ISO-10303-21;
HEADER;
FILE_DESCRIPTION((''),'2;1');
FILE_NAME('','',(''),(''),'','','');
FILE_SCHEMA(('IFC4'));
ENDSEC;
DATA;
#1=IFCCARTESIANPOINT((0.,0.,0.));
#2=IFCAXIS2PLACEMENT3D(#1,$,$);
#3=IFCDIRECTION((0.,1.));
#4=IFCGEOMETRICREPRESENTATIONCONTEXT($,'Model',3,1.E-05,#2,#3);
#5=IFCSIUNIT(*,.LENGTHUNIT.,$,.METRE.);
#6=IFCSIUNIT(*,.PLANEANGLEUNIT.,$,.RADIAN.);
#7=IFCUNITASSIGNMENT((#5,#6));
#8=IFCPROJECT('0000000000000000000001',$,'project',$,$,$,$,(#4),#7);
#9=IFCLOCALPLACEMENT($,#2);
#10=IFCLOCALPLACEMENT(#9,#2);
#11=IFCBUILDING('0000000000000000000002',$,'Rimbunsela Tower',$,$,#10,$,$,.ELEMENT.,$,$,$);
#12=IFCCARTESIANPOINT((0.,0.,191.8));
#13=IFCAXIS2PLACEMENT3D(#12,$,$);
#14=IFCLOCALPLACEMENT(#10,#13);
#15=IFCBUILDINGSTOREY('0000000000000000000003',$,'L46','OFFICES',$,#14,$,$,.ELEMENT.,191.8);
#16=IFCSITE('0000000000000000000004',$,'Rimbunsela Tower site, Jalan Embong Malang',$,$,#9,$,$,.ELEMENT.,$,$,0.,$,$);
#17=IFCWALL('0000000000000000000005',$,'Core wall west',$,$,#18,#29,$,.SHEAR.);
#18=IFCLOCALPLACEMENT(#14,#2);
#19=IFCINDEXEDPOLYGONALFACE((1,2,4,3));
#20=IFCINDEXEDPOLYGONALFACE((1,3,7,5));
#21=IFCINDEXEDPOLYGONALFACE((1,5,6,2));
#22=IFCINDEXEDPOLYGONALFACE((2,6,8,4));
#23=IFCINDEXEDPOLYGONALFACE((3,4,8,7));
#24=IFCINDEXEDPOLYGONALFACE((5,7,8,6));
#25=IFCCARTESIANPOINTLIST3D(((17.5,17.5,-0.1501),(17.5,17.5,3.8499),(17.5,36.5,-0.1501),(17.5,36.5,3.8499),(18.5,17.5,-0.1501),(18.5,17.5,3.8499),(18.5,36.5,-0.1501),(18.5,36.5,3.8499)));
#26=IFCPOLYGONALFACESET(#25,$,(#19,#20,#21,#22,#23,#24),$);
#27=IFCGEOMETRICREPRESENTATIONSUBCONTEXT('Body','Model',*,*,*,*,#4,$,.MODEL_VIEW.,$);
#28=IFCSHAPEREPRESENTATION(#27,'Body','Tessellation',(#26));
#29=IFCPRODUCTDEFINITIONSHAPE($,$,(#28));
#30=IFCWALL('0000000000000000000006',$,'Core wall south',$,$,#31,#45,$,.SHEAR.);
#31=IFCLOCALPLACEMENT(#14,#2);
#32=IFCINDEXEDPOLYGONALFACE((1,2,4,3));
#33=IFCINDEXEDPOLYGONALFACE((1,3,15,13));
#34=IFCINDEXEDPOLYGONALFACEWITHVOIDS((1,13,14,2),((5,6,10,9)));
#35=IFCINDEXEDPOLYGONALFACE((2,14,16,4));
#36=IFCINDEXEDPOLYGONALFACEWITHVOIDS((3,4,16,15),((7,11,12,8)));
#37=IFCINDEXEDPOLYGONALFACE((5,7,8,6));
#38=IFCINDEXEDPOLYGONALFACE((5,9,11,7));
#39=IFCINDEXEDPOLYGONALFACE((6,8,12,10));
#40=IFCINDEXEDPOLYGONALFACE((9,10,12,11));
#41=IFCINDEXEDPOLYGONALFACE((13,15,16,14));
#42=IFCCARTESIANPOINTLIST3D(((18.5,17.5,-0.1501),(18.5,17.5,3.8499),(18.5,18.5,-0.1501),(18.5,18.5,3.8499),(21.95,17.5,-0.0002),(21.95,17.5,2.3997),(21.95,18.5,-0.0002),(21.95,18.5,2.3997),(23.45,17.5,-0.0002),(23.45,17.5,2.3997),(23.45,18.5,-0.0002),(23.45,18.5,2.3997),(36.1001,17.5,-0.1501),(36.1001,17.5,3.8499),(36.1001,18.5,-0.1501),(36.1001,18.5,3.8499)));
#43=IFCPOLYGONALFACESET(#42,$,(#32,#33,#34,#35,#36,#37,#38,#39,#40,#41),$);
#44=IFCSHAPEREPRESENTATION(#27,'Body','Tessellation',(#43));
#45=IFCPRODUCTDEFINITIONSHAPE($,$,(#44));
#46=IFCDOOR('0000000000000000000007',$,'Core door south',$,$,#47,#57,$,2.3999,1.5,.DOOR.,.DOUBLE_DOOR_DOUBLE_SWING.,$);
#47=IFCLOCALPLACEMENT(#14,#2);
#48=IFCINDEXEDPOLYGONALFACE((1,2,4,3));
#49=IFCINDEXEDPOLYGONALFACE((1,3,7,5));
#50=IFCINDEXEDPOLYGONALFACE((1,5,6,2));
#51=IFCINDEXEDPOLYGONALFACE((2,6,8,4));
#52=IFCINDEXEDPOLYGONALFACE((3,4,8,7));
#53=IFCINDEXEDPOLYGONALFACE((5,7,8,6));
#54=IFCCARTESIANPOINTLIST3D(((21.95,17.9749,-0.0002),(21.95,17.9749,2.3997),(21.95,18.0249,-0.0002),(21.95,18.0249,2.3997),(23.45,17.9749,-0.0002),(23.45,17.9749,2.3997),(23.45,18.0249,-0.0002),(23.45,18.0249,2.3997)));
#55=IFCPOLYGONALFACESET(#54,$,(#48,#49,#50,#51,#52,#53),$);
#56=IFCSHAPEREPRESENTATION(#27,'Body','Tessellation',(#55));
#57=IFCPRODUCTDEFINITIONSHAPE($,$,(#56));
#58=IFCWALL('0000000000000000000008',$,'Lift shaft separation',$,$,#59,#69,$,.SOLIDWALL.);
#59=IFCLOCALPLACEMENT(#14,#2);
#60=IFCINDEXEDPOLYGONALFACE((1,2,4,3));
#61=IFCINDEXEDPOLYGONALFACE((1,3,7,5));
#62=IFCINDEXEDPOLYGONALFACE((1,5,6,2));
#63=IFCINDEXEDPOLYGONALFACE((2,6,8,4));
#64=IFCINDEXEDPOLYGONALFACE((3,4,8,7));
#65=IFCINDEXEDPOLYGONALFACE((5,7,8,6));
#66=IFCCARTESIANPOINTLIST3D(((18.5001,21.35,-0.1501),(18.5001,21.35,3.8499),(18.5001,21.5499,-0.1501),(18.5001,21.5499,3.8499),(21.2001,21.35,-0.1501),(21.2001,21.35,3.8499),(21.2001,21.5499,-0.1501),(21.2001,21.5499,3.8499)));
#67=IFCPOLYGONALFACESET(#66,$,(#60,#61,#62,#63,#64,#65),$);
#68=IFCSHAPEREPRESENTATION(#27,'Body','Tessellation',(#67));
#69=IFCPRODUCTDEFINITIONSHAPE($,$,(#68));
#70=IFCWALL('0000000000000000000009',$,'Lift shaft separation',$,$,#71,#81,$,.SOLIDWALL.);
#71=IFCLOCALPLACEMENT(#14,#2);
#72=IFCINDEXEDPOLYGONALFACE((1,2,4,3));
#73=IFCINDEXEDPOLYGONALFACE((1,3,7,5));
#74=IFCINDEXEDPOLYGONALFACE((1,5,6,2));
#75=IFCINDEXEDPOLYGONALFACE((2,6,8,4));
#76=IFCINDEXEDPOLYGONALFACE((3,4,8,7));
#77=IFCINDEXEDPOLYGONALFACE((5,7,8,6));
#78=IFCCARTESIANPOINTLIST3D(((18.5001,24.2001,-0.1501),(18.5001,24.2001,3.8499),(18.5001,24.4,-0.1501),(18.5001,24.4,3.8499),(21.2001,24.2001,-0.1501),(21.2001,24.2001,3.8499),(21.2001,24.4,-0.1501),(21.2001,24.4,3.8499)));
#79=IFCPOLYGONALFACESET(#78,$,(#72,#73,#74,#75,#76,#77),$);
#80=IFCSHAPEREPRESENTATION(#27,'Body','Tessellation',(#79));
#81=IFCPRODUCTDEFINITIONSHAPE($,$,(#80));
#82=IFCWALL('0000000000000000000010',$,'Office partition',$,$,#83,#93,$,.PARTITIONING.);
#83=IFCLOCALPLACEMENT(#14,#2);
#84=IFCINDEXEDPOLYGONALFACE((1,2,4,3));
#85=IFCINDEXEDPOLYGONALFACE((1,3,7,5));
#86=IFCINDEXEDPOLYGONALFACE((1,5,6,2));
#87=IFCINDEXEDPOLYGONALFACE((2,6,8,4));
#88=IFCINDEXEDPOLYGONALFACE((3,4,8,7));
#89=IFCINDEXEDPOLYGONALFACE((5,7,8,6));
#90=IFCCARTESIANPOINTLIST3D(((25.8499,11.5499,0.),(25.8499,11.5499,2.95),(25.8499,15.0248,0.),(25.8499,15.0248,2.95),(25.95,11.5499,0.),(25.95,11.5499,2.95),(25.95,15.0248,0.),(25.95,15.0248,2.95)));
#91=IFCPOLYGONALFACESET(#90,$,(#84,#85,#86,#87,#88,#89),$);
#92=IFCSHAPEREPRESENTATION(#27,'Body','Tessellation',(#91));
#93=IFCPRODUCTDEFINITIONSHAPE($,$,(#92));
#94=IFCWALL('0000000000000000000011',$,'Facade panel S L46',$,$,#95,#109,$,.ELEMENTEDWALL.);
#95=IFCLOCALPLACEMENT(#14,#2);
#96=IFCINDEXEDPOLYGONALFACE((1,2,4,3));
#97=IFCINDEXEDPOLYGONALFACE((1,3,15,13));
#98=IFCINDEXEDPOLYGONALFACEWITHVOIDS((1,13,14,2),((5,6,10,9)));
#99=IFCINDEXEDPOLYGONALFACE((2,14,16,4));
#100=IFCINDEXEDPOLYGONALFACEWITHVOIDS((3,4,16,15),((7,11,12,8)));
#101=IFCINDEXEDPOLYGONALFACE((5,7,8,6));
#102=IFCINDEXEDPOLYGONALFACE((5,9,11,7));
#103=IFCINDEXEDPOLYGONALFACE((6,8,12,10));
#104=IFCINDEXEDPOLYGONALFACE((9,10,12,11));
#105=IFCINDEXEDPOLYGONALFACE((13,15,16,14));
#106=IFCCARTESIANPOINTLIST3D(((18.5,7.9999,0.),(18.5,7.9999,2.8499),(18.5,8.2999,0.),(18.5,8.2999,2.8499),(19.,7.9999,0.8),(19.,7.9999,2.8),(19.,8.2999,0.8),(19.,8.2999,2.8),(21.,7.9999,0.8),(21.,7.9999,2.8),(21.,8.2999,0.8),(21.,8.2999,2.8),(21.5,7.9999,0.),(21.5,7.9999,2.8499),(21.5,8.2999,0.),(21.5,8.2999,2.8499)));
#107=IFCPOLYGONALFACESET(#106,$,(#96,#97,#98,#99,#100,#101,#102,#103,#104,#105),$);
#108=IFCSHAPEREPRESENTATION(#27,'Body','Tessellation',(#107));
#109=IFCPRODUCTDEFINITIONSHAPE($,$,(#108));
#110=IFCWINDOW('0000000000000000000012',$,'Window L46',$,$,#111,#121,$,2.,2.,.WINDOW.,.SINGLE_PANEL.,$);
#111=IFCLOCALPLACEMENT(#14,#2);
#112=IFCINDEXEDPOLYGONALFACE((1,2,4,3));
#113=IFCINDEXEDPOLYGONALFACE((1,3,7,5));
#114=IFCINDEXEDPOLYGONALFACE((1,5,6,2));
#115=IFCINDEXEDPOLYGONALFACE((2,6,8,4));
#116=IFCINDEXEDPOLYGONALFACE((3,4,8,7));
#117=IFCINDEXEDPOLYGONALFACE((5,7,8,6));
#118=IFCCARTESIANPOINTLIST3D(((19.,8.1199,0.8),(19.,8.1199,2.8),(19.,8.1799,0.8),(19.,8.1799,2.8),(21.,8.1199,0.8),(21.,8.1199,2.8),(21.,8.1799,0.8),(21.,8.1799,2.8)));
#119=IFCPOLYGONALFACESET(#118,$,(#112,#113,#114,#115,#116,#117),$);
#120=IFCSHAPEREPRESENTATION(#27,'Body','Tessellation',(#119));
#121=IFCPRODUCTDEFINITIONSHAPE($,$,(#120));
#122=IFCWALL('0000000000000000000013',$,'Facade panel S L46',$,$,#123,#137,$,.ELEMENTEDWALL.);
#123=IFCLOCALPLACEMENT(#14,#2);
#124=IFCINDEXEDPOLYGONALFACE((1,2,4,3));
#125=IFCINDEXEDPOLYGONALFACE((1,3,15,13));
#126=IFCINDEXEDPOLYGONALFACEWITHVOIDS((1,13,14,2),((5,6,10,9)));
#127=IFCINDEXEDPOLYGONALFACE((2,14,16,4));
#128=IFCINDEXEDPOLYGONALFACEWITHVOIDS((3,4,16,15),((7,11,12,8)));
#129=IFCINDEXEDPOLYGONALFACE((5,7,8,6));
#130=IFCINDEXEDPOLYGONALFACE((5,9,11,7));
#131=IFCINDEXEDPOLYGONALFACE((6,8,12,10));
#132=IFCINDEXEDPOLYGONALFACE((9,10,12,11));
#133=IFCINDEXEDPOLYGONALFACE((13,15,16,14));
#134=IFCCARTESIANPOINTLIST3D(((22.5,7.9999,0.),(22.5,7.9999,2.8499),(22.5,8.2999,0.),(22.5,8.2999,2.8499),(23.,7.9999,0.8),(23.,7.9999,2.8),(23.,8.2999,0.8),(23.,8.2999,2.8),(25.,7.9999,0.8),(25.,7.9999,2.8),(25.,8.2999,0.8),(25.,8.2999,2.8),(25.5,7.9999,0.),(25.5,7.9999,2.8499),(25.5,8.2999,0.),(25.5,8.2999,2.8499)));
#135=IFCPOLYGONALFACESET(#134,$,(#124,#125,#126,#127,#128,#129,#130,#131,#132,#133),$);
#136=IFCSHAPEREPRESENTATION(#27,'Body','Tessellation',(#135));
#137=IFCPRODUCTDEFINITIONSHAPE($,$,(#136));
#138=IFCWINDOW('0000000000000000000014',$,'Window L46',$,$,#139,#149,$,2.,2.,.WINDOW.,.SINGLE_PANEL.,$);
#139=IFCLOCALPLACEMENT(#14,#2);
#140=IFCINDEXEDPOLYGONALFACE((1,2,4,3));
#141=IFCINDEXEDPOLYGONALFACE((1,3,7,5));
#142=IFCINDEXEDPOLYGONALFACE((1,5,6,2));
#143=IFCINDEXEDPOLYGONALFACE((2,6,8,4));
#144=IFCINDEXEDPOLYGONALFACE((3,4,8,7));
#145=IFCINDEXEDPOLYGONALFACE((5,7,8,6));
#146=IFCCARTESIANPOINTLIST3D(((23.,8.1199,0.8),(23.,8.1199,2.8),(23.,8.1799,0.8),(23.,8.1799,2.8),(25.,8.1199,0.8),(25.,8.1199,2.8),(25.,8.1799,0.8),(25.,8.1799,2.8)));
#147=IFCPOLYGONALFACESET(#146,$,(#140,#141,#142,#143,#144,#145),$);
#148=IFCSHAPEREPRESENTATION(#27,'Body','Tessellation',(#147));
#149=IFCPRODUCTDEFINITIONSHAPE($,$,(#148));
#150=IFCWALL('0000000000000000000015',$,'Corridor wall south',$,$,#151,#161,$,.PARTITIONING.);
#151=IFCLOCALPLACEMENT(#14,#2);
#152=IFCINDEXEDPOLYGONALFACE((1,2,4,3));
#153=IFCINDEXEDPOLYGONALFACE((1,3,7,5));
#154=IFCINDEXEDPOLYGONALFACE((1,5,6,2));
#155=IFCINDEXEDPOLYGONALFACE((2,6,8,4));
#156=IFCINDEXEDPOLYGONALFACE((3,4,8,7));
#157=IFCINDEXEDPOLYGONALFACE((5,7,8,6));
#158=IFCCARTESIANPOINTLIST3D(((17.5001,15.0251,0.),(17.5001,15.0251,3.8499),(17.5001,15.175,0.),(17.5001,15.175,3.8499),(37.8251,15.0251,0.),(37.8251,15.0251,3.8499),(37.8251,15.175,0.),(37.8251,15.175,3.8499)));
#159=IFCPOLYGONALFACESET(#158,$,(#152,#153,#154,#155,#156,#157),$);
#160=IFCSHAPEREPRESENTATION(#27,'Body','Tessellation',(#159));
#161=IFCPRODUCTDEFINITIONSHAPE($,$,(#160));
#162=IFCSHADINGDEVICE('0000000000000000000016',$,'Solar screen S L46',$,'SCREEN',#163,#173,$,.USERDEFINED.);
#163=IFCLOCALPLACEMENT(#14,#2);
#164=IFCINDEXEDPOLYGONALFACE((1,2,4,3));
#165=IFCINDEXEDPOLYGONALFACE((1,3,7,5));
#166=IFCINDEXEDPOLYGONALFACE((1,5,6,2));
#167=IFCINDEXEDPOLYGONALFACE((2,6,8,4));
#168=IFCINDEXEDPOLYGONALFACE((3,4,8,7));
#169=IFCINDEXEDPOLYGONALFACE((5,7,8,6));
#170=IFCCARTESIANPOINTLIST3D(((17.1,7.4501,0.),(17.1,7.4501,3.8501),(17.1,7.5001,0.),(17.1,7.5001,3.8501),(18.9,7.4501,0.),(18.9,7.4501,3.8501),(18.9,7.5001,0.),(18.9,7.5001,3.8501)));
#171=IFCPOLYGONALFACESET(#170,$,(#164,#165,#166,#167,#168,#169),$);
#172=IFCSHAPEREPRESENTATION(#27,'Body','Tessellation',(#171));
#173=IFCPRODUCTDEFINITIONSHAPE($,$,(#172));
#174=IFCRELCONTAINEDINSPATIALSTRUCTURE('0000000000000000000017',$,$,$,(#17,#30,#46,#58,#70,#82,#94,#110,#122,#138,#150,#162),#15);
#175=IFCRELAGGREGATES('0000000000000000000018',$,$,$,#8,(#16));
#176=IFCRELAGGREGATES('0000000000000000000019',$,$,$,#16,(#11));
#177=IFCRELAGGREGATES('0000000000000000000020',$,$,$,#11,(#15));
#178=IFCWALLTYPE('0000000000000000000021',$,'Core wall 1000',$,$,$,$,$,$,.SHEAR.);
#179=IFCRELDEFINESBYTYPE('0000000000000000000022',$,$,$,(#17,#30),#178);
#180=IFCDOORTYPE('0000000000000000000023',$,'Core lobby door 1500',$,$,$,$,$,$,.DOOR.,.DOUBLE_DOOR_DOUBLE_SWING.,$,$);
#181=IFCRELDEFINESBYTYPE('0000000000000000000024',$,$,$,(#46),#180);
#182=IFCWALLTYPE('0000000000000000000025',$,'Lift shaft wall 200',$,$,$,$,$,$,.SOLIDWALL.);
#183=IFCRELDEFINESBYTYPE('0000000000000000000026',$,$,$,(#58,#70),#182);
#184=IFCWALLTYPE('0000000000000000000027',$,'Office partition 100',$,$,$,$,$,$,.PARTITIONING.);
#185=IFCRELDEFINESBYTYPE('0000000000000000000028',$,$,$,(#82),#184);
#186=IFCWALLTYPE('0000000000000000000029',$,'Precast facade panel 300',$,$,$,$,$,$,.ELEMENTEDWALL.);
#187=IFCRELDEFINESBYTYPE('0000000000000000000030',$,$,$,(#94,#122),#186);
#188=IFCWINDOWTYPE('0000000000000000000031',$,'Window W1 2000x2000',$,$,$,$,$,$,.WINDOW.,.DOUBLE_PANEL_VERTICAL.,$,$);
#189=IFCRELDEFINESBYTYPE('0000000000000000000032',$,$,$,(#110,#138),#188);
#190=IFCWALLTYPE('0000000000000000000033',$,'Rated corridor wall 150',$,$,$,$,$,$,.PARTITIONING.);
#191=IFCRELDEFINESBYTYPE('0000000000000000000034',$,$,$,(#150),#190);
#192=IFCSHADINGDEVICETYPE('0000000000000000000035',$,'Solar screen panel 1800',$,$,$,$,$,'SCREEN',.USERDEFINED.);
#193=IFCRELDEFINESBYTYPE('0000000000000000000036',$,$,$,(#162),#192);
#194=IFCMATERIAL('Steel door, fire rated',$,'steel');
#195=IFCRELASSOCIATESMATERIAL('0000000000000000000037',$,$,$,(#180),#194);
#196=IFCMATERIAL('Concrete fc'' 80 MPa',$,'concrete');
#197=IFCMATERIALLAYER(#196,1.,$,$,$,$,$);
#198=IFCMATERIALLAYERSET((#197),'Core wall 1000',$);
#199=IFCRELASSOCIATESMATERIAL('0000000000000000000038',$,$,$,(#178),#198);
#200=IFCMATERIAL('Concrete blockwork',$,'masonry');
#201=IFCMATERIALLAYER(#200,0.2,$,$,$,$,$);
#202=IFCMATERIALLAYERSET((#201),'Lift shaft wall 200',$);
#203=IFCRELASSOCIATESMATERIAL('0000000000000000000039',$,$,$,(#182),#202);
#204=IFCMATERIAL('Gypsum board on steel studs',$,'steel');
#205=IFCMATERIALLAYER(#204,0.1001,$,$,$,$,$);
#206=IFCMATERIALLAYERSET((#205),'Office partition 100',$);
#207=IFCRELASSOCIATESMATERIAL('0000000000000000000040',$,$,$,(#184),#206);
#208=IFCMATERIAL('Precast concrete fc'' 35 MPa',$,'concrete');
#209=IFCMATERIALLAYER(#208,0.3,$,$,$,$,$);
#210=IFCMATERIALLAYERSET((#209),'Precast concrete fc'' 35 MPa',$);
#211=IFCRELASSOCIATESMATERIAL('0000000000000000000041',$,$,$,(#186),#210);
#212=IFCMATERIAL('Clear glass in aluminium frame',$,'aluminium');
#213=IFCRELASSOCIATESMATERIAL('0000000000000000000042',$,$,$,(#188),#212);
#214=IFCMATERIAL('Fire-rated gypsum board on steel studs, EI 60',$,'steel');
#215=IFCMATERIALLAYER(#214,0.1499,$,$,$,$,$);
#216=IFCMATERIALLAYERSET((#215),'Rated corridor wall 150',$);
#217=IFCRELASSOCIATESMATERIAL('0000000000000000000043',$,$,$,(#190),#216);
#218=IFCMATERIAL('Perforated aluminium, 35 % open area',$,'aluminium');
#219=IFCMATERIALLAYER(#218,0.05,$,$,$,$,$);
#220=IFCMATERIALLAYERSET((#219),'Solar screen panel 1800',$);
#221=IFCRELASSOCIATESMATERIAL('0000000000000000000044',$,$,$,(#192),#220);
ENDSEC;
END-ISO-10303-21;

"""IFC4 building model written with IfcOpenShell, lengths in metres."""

from ifc_helpers import new_model, si_unit, direction, frame, frame_2d, origin, origin_2d, place, context, subcontext, project, spatial, rectangle, extrude, material, layer, layer_set, type_object, element, fill, save


model = new_model("IFC4")

# Units and contexts
model_context = context("Model", 3, precision=1e-05, world=origin(), true_north=direction((0.0, 1.0)))
body_context = subcontext(model_context, "Body", "Model", "MODEL_VIEW")
ifc_project = project(units=[si_unit("LENGTHUNIT", "METRE"), si_unit("PLANEANGLEUNIT", "RADIAN")], contexts=[model_context])

# Site, building, storey
site_placement = place(None, origin())
site = spatial("IfcSite", under=ifc_project, at=site_placement, Name="Rimbunsela Tower site, Jalan Embong Malang", CompositionType="ELEMENT", RefElevation=0.0)
building_placement = place(site_placement, origin())
building = spatial("IfcBuilding", under=site, at=building_placement, Name="Rimbunsela Tower", CompositionType="ELEMENT")
storey_placement = place(building_placement, frame((0.0, 0.0, 191.8)))
storey = spatial("IfcBuildingStorey", under=building, at=storey_placement, Name="L46", Description="OFFICES", CompositionType="ELEMENT", Elevation=191.8)

# Shared definitions
ifc_material_1 = material(Name="Steel door, fire rated", Category="steel")
door_type_1 = type_object("IfcDoorType", Name="Core lobby door 1500", OperationType="DOUBLE_DOOR_DOUBLE_SWING", PredefinedType="DOOR", material=ifc_material_1)

# Wall
ifc_material_2 = material(Name="Concrete fc' 80 MPa", Category="concrete")
ifc_layer_1 = layer(ifc_material_2, 1.0)
ifc_layer_set_1 = layer_set([ifc_layer_1], Name="Core wall 1000")
wall_type_1 = type_object("IfcWallType", Name="Core wall 1000", PredefinedType="SHEAR", material=ifc_layer_set_1)
wall_1_placement = place(storey_placement, frame((18.0, 17.5, -0.1501), z_axis=(0.0, 0.0, 1.0), x_axis=(0.0, 1.0, 0.0)))
element("IfcWall", 1, at=wall_1_placement, inside=storey, type_object=wall_type_1, Name="Core wall west", PredefinedType="SHEAR", context=body_context, shape_type="SweptSolid", body=[
    extrude(rectangle(XDim=19.0, YDim=1.0, at=frame_2d((9.5, 0.0))), origin(), (0.0, 0.0, 1.0), 4.0),
])

# Wall, opening, door
wall_2_placement = place(storey_placement, frame((18.5, 18.0, -0.1501), z_axis=(0.0, 0.0, 1.0), x_axis=(1.0, 0.0, 0.0)))
wall_2 = element("IfcWall", 2, at=wall_2_placement, inside=storey, type_object=wall_type_1, Name="Core wall south", PredefinedType="SHEAR", context=body_context, shape_type="SweptSolid", body=[
    extrude(rectangle(XDim=17.6001, YDim=1.0, at=frame_2d((8.8, 0.0))), origin(), (0.0, 0.0, 1.0), 4.0),
])
opening_1_placement = place(wall_2_placement, frame((3.45, 0.0, 0.1499)))
opening_1 = element("IfcOpeningElement", 3, at=opening_1_placement, cuts=wall_2, PredefinedType="OPENING", context=body_context, shape_type="SweptSolid", body=[
    extrude(rectangle(XDim=1.5, YDim=2.3999, at=frame_2d((0.75, 1.2))), frame((0.0, 0.51, 0.0), z_axis=(0.0, -1.0, 0.0), x_axis=(1.0, 0.0, 0.0)), (0.0, 0.0, 1.0), 1.02),
])
door_1_placement = place(opening_1_placement, origin())
door_1 = element("IfcDoor", 4, at=door_1_placement, inside=storey, type_object=door_type_1, Name="Core door south", OperationType="DOUBLE_DOOR_DOUBLE_SWING", OverallHeight=2.3999, OverallWidth=1.5, PredefinedType="DOOR", context=body_context, shape_type="SweptSolid", body=[
    extrude(rectangle(XDim=1.5, YDim=2.3999, at=frame_2d((0.75, 1.2))), frame((0.0, 0.0249, 0.0), z_axis=(0.0, -1.0, 0.0), x_axis=(1.0, 0.0, 0.0)), (0.0, 0.0, 1.0), 0.05),
])
fill(opening_1, door_1)

# Walls
ifc_material_3 = material(Name="Concrete blockwork", Category="masonry")
ifc_layer_2 = layer(ifc_material_3, 0.2)
ifc_layer_set_2 = layer_set([ifc_layer_2], Name="Lift shaft wall 200")
wall_type_2 = type_object("IfcWallType", Name="Lift shaft wall 200", PredefinedType="SOLIDWALL", material=ifc_layer_set_2)
for number, where, z_axis, x_axis, name in (
    (5, (18.5, 21.45, -0.1501), (0.0, 0.0, 1.0), (1.0, 0.0, 0.0), "Lift shaft separation"),
    (6, (18.5, 24.3, -0.1501), (0.0, 0.0, 1.0), (1.0, 0.0, 0.0), "Lift shaft separation"),
):
    element("IfcWall", number, at=place(storey_placement, frame(where, z_axis=z_axis, x_axis=x_axis)), inside=storey, type_object=wall_type_2, Name=name, PredefinedType="SOLIDWALL", context=body_context, shape_type="SweptSolid", body=[
        extrude(rectangle(XDim=2.7, YDim=0.2, at=frame_2d((1.3501, 0.0))), origin(), (0.0, 0.0, 1.0), 4.0),
    ])
ifc_material_4 = material(Name="Gypsum board on steel studs", Category="steel")
ifc_layer_3 = layer(ifc_material_4, 0.1001)
ifc_layer_set_3 = layer_set([ifc_layer_3], Name="Office partition 100")
wall_type_3 = type_object("IfcWallType", Name="Office partition 100", PredefinedType="PARTITIONING", material=ifc_layer_set_3)
wall_3_placement = place(storey_placement, frame((25.8999, 11.55, 0.0), z_axis=(0.0, 0.0, 1.0), x_axis=(0.0, 1.0, 0.0)))
element("IfcWall", 7, at=wall_3_placement, inside=storey, type_object=wall_type_3, Name="Office partition", PredefinedType="PARTITIONING", context=body_context, shape_type="SweptSolid", body=[
    extrude(rectangle(XDim=3.4749, YDim=0.1001, at=frame_2d((1.7373, 0.0))), origin(), (0.0, 0.0, 1.0), 2.95),
])

# Walls, openings, windows
ifc_material_5 = material(Name="Precast concrete fc' 35 MPa", Category="concrete")
ifc_layer_4 = layer(ifc_material_5, 0.3)
ifc_layer_set_4 = layer_set([ifc_layer_4], Name="Precast concrete fc' 35 MPa")
wall_type_4 = type_object("IfcWallType", Name="Precast facade panel 300", PredefinedType="ELEMENTEDWALL", material=ifc_layer_set_4)
wall_4_placement = place(storey_placement, frame((18.5, 8.1499, 0.0), z_axis=(0.0, 0.0, 1.0), x_axis=(1.0, 0.0, 0.0)))
wall_4 = element("IfcWall", 8, at=wall_4_placement, inside=storey, type_object=wall_type_4, Name="Facade panel S L46", PredefinedType="ELEMENTEDWALL", context=body_context, shape_type="SweptSolid", body=[
    extrude(rectangle(XDim=3.0, YDim=0.3, at=frame_2d((1.5, 0.0))), origin(), (0.0, 0.0, 1.0), 2.8499),
])
opening_2_placement = place(wall_4_placement, frame((0.5, 0.0, 0.8)))
opening_2 = element("IfcOpeningElement", 9, at=opening_2_placement, cuts=wall_4, PredefinedType="OPENING", context=body_context, shape_type="SweptSolid", body=[
    extrude(rectangle(XDim=2.0, YDim=2.0, at=frame_2d((1.0, 1.0))), frame((0.0, 0.1599, 0.0), z_axis=(0.0, -1.0, 0.0), x_axis=(1.0, 0.0, 0.0)), (0.0, 0.0, 1.0), 0.3201),
])
ifc_material_6 = material(Name="Clear glass in aluminium frame", Category="aluminium")
window_type = type_object("IfcWindowType", Name="Window W1 2000x2000", PartitioningType="DOUBLE_PANEL_VERTICAL", PredefinedType="WINDOW", material=ifc_material_6)
window_1_placement = place(opening_2_placement, origin())
window_1 = element("IfcWindow", 10, at=window_1_placement, inside=storey, type_object=window_type, Name="Window L46", OverallHeight=2.0, OverallWidth=2.0, PartitioningType="SINGLE_PANEL", PredefinedType="WINDOW", context=body_context, shape_type="SweptSolid", body=[
    extrude(rectangle(XDim=2.0, YDim=2.0, at=frame_2d((1.0, 1.0))), frame((0.0, 0.03, 0.0), z_axis=(0.0, -1.0, 0.0), x_axis=(1.0, 0.0, 0.0)), (0.0, 0.0, 1.0), 0.0601),
])
fill(opening_2, window_1)
wall_5_placement = place(storey_placement, frame((22.5, 8.1499, 0.0), z_axis=(0.0, 0.0, 1.0), x_axis=(1.0, 0.0, 0.0)))
wall_5 = element("IfcWall", 11, at=wall_5_placement, inside=storey, type_object=wall_type_4, Name="Facade panel S L46", PredefinedType="ELEMENTEDWALL", context=body_context, shape_type="SweptSolid", body=[
    extrude(rectangle(XDim=3.0, YDim=0.3, at=frame_2d((1.5, 0.0))), origin(), (0.0, 0.0, 1.0), 2.8499),
])
opening_3_placement = place(wall_5_placement, frame((0.5, 0.0, 0.8)))
opening_3 = element("IfcOpeningElement", 12, at=opening_3_placement, cuts=wall_5, PredefinedType="OPENING", context=body_context, shape_type="SweptSolid", body=[
    extrude(rectangle(XDim=2.0, YDim=2.0, at=frame_2d((1.0, 1.0))), frame((0.0, 0.1599, 0.0), z_axis=(0.0, -1.0, 0.0), x_axis=(1.0, 0.0, 0.0)), (0.0, 0.0, 1.0), 0.3201),
])
window_2_placement = place(opening_3_placement, origin())
window_2 = element("IfcWindow", 13, at=window_2_placement, inside=storey, type_object=window_type, Name="Window L46", OverallHeight=2.0, OverallWidth=2.0, PartitioningType="SINGLE_PANEL", PredefinedType="WINDOW", context=body_context, shape_type="SweptSolid", body=[
    extrude(rectangle(XDim=2.0, YDim=2.0, at=frame_2d((1.0, 1.0))), frame((0.0, 0.03, 0.0), z_axis=(0.0, -1.0, 0.0), x_axis=(1.0, 0.0, 0.0)), (0.0, 0.0, 1.0), 0.0601),
])
fill(opening_3, window_2)

# Wall
ifc_material_7 = material(Name="Fire-rated gypsum board on steel studs, EI 60", Category="steel")
ifc_layer_5 = layer(ifc_material_7, 0.1499)
ifc_layer_set_5 = layer_set([ifc_layer_5], Name="Rated corridor wall 150")
wall_type_5 = type_object("IfcWallType", Name="Rated corridor wall 150", PredefinedType="PARTITIONING", material=ifc_layer_set_5)
wall_6_placement = place(storey_placement, frame((17.5, 15.1001, 0.0), z_axis=(0.0, 0.0, 1.0), x_axis=(1.0, 0.0, 0.0)))
element("IfcWall", 14, at=wall_6_placement, inside=storey, type_object=wall_type_5, Name="Corridor wall south", PredefinedType="PARTITIONING", context=body_context, shape_type="SweptSolid", body=[
    extrude(rectangle(XDim=20.325, YDim=0.1499, at=frame_2d((10.1626, 0.0))), origin(), (0.0, 0.0, 1.0), 3.8499),
])

# Shading device
ifc_material_8 = material(Name="Perforated aluminium, 35 % open area", Category="aluminium")
ifc_layer_6 = layer(ifc_material_8, 0.05)
ifc_layer_set_6 = layer_set([ifc_layer_6], Name="Solar screen panel 1800")
shading_device_type = type_object("IfcShadingDeviceType", Name="Solar screen panel 1800", ElementType="SCREEN", PredefinedType="USERDEFINED", material=ifc_layer_set_6)
for number, where, z_axis, x_axis, name in (
    (15, (18.0, 7.4751, 0.0), (0.0, 0.0, 1.0), (1.0, 0.0, 0.0), "Solar screen S L46"),
):
    element("IfcShadingDevice", number, at=place(storey_placement, frame(where, z_axis=z_axis, x_axis=x_axis)), inside=storey, type_object=shading_device_type, Name=name, ObjectType="SCREEN", PredefinedType="USERDEFINED", context=body_context, shape_type="SweptSolid", body=[
        extrude(rectangle(XDim=1.8, YDim=0.05, at=origin_2d()), origin(), (0.0, 0.0, 1.0), 3.8501),
    ])

save(model, "model.ifc")
